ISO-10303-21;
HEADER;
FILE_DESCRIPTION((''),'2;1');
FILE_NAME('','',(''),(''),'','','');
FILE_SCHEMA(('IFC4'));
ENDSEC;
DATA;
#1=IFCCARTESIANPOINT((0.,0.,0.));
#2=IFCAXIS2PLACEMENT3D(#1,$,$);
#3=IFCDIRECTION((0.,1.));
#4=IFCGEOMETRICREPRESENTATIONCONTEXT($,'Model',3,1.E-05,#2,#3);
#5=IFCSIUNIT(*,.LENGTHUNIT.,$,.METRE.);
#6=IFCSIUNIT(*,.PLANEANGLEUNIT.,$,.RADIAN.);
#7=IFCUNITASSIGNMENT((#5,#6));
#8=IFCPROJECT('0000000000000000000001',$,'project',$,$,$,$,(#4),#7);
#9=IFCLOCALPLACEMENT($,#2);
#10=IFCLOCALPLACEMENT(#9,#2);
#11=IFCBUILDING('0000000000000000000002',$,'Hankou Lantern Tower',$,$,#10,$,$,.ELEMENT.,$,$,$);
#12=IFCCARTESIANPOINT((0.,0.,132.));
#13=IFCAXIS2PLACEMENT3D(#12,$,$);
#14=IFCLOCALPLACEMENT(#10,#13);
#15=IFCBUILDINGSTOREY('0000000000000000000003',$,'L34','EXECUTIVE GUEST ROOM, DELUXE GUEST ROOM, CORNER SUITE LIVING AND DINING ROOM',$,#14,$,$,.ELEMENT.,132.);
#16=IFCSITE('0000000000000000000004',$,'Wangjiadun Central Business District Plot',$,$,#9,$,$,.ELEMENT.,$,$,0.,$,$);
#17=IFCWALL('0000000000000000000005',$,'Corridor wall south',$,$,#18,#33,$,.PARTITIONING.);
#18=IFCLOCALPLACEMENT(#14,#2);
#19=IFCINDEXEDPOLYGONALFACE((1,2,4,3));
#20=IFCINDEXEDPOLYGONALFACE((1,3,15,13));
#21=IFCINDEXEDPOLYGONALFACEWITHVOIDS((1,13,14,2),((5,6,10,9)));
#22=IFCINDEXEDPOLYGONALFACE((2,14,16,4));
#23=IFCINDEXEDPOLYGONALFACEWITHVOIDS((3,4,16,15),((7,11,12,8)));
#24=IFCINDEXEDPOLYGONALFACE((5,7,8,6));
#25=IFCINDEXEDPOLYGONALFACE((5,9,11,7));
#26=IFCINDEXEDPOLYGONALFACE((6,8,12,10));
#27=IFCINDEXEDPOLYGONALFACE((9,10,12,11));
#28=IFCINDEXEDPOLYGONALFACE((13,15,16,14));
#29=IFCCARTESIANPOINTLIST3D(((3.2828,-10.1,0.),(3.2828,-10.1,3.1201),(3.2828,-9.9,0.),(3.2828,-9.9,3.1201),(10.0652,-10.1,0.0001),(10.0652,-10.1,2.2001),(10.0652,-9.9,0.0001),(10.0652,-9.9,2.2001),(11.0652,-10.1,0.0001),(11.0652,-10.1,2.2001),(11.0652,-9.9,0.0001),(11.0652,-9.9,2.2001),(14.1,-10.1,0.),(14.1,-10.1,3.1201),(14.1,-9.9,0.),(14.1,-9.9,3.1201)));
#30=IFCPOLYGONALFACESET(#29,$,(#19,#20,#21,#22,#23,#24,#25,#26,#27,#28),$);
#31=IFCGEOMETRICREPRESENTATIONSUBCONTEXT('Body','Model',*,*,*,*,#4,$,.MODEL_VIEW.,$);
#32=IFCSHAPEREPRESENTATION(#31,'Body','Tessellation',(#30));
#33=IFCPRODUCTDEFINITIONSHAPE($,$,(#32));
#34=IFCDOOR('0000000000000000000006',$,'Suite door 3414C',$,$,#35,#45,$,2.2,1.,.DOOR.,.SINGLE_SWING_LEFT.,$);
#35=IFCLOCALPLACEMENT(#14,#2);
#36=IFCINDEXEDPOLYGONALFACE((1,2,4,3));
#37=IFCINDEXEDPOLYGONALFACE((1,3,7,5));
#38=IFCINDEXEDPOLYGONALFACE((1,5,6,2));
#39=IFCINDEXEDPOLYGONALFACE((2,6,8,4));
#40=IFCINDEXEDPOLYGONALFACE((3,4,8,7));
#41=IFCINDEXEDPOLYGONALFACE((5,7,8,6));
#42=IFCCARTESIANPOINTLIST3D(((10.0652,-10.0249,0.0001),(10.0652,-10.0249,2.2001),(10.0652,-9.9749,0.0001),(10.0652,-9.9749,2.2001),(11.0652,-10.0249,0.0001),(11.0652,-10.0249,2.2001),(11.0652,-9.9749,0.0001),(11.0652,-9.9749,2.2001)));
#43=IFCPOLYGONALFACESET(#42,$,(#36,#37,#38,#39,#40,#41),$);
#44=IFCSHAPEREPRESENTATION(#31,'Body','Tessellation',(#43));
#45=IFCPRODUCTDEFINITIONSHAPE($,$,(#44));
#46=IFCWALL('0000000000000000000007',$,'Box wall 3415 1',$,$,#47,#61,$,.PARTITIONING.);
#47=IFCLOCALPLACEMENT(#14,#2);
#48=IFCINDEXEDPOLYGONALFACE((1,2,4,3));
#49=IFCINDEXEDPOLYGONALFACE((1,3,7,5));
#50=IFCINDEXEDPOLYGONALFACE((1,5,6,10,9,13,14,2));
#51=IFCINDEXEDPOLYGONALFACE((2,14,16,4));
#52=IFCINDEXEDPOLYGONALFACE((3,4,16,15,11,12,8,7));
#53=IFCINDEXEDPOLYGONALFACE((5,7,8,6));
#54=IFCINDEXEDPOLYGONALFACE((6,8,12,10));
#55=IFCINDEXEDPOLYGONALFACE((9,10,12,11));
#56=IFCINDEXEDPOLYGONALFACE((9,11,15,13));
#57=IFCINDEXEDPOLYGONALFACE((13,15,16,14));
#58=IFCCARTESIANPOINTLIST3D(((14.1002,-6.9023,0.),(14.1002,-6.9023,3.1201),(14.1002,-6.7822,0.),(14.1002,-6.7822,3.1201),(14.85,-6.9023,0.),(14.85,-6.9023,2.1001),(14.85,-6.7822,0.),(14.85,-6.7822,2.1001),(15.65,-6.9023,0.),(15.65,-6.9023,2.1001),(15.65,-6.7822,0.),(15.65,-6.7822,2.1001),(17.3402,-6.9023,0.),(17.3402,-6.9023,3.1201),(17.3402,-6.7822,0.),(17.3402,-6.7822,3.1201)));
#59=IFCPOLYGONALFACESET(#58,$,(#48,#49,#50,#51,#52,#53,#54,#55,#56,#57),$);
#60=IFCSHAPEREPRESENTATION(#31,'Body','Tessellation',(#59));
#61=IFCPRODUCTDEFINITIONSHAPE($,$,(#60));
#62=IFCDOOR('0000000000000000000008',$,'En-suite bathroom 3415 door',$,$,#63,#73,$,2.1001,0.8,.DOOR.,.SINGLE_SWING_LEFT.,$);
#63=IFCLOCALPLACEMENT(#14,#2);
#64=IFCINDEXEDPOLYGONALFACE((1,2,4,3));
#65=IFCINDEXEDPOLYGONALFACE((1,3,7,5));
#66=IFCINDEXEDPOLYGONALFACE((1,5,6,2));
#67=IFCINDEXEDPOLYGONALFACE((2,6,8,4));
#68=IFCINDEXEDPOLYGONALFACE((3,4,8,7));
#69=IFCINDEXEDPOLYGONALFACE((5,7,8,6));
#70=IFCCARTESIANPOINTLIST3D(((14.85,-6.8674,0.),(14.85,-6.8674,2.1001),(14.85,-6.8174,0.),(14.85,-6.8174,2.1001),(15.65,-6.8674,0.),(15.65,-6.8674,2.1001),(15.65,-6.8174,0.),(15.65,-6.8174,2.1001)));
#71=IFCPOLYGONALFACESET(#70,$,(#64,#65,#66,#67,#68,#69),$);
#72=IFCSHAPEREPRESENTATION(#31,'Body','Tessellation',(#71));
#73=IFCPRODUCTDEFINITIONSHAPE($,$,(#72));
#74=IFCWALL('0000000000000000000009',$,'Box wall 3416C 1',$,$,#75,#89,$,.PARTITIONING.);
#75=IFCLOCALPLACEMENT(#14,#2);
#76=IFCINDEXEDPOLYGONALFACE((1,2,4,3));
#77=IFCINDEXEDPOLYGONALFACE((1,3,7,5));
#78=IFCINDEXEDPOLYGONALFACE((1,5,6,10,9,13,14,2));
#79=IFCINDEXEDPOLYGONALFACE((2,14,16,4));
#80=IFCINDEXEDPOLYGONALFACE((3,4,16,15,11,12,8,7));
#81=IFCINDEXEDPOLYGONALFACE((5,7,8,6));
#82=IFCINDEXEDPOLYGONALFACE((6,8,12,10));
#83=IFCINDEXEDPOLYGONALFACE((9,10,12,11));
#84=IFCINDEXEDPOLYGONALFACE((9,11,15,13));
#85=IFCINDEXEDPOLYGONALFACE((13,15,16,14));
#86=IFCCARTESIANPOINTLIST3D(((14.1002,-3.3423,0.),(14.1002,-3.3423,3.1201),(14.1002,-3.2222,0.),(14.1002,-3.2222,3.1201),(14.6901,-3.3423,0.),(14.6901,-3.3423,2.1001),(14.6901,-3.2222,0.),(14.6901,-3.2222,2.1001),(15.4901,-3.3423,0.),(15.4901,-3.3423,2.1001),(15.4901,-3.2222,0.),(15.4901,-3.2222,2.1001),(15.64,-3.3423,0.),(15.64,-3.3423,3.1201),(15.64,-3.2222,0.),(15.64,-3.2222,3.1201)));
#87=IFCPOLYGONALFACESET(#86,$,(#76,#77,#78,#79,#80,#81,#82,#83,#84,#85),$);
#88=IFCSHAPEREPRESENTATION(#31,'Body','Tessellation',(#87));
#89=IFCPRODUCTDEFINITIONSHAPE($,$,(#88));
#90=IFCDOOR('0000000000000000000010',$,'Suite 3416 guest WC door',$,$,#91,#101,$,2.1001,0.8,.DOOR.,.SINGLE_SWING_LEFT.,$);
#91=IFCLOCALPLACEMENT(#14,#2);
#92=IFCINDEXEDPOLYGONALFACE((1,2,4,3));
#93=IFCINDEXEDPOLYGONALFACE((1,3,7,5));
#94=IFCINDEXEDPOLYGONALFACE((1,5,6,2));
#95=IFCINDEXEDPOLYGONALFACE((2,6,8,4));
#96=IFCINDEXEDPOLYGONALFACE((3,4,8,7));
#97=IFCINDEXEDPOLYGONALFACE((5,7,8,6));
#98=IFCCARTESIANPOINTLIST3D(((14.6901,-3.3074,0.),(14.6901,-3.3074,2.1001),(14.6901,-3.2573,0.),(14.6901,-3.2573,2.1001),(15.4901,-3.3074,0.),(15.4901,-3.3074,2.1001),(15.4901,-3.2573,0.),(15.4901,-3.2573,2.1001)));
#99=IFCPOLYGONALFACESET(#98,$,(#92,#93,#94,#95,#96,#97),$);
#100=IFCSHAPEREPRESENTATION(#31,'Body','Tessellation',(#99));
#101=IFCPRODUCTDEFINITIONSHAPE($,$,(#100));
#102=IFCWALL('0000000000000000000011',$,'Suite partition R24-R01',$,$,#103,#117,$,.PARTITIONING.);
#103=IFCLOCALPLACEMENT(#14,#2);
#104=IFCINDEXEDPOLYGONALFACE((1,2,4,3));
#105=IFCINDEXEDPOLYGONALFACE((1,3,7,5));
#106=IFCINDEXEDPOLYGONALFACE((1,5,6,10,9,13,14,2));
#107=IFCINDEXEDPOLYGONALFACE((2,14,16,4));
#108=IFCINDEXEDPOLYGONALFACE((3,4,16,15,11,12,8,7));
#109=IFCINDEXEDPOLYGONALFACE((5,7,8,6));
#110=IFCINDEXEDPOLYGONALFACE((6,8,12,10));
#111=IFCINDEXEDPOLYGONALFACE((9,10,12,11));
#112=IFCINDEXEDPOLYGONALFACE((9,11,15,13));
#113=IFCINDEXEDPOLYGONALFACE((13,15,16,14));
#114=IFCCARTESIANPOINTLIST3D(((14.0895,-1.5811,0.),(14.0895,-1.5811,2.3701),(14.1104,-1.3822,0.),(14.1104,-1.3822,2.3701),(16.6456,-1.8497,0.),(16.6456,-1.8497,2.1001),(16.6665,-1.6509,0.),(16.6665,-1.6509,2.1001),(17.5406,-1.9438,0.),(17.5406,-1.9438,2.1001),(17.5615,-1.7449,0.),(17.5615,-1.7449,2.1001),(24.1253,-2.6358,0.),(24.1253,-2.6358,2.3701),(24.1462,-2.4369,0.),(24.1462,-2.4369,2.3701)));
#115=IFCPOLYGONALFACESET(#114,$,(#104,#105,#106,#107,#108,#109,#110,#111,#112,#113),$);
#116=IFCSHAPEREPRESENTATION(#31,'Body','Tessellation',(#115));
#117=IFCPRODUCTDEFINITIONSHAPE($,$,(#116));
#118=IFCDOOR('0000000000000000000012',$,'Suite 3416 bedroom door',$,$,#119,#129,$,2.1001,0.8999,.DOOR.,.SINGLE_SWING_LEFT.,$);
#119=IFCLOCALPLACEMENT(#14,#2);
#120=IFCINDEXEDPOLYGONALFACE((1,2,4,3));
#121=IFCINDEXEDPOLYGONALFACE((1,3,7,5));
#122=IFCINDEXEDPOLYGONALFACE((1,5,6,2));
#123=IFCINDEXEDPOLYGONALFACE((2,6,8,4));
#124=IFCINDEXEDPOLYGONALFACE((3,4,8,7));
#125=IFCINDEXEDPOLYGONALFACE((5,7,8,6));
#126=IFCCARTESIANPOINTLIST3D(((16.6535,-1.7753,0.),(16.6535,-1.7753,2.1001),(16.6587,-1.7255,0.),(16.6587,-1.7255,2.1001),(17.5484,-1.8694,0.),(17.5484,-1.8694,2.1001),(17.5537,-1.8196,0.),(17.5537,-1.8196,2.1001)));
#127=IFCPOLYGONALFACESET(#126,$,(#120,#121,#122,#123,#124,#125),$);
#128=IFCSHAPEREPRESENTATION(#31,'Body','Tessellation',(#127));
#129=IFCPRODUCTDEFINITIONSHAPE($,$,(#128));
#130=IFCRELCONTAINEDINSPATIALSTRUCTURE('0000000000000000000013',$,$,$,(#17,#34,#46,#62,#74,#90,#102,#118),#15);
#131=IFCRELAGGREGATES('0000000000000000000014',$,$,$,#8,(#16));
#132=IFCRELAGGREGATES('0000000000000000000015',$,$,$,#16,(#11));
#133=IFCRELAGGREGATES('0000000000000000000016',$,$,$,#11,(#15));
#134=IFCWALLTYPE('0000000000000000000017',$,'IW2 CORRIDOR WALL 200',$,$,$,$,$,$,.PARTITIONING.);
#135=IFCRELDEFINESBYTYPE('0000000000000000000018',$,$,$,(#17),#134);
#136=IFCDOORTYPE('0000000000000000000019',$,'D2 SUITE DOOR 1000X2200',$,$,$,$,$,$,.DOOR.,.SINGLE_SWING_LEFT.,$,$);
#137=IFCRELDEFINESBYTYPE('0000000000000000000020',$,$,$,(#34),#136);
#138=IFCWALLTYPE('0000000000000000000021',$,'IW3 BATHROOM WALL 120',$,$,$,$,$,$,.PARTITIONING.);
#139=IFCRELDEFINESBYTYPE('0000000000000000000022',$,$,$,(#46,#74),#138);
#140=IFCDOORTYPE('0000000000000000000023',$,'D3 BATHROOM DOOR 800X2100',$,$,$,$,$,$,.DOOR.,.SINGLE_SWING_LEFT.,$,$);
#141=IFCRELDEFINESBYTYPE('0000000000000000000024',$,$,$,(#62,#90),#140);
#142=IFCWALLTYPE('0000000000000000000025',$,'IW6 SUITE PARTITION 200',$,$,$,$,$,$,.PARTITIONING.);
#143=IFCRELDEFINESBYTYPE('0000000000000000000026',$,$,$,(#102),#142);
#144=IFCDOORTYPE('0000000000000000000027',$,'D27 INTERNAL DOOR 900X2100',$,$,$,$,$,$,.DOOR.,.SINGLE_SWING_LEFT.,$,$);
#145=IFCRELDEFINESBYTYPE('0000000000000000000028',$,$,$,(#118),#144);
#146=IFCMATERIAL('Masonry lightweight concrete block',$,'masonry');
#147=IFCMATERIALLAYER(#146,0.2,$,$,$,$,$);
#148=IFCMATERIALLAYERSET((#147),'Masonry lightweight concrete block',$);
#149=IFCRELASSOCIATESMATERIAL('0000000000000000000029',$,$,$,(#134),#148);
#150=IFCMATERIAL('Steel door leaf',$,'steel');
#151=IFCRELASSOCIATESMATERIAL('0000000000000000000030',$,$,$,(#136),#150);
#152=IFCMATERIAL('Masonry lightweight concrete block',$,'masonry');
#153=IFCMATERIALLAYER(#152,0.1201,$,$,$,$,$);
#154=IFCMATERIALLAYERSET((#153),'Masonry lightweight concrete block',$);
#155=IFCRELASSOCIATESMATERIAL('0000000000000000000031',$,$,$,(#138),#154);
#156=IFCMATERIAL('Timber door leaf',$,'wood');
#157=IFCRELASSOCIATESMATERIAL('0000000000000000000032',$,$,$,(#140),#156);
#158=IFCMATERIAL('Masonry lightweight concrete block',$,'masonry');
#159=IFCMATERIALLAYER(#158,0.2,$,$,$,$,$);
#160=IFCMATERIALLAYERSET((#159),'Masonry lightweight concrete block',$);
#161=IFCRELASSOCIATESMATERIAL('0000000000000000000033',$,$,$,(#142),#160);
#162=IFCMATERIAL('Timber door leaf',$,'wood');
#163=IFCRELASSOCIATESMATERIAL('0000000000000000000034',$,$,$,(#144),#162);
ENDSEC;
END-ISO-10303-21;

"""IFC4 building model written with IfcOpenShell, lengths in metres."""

from ifc_helpers import new_model, si_unit, direction, frame, frame_2d, origin, place, context, subcontext, project, spatial, rectangle, extrude, material, layer, layer_set, type_object, element, fill, save


model = new_model("IFC4")

# Units and contexts
model_context = context("Model", 3, precision=1e-05, world=origin(), true_north=direction((0.0, 1.0)))
body_context = subcontext(model_context, "Body", "Model", "MODEL_VIEW")
ifc_project = project(units=[si_unit("LENGTHUNIT", "METRE"), si_unit("PLANEANGLEUNIT", "RADIAN")], contexts=[model_context])

# Site, building, storey
site_placement = place(None, origin())
site = spatial("IfcSite", under=ifc_project, at=site_placement, Name="Wangjiadun Central Business District Plot", CompositionType="ELEMENT", RefElevation=0.0)
building_placement = place(site_placement, origin())
building = spatial("IfcBuilding", under=site, at=building_placement, Name="Hankou Lantern Tower", CompositionType="ELEMENT")
storey_placement = place(building_placement, frame((0.0, 0.0, 132.0)))
storey = spatial("IfcBuildingStorey", under=building, at=storey_placement, Name="L34", Description="EXECUTIVE GUEST ROOM, DELUXE GUEST ROOM, CORNER SUITE LIVING AND DINING ROOM", CompositionType="ELEMENT", Elevation=132.0)

# Shared definitions
ifc_material_1 = material(Name="Masonry lightweight concrete block", Category="masonry")
ifc_layer_1 = layer(ifc_material_1, 0.2)
ifc_layer_set_1 = layer_set([ifc_layer_1], Name="Masonry lightweight concrete block")
wall_type_1 = type_object("IfcWallType", Name="IW2 CORRIDOR WALL 200", PredefinedType="PARTITIONING", material=ifc_layer_set_1)
ifc_material_2 = material(Name="Steel door leaf", Category="steel")
door_type_1 = type_object("IfcDoorType", Name="D2 SUITE DOOR 1000X2200", OperationType="SINGLE_SWING_LEFT", PredefinedType="DOOR", material=ifc_material_2)

# Walls, openings, doors
wall_1_placement = place(storey_placement, frame((14.1001, -10.0, 0.0), z_axis=(0.0, 0.0, 1.0), x_axis=(-1.0, 0.0, 0.0)))
wall_1 = element("IfcWall", 1, at=wall_1_placement, inside=storey, type_object=wall_type_1, Name="Corridor wall south", PredefinedType="PARTITIONING", context=body_context, shape_type="SweptSolid", body=[
    extrude(rectangle(XDim=10.8171, YDim=0.2, at=frame_2d((5.4087, 0.0))), origin(), (0.0, 0.0, 1.0), 3.1201),
])
opening_1_placement = place(wall_1_placement, frame((3.0349, 0.0, 0.0)))
opening_1 = element("IfcOpeningElement", 2, at=opening_1_placement, cuts=wall_1, PredefinedType="OPENING", context=body_context, shape_type="SweptSolid", body=[
    extrude(rectangle(XDim=1.0, YDim=2.2, at=frame_2d((0.5, 1.1001))), frame((0.0, 0.1099, 0.0), z_axis=(0.0, -1.0, 0.0), x_axis=(1.0, 0.0, 0.0)), (0.0, 0.0, 1.0), 0.22),
])
door_1_placement = place(opening_1_placement, origin())
door_1 = element("IfcDoor", 3, at=door_1_placement, inside=storey, type_object=door_type_1, Name="Suite door 3414C", OperationType="SINGLE_SWING_LEFT", OverallHeight=2.2, OverallWidth=1.0, PredefinedType="DOOR", context=body_context, shape_type="SweptSolid", body=[
    extrude(rectangle(XDim=1.0, YDim=2.2, at=frame_2d((0.5, 1.1001))), frame((0.0, 0.0249, 0.0), z_axis=(0.0, -1.0, 0.0), x_axis=(1.0, 0.0, 0.0)), (0.0, 0.0, 1.0), 0.05),
])
fill(opening_1, door_1)
ifc_material_3 = material(Name="Masonry lightweight concrete block", Category="masonry")
ifc_layer_2 = layer(ifc_material_3, 0.1201)
ifc_layer_set_2 = layer_set([ifc_layer_2], Name="Masonry lightweight concrete block")
wall_type_2 = type_object("IfcWallType", Name="IW3 BATHROOM WALL 120", PredefinedType="PARTITIONING", material=ifc_layer_set_2)
wall_2_placement = place(storey_placement, frame((14.1001, -6.8423, 0.0), z_axis=(0.0, 0.0, 1.0), x_axis=(1.0, 0.0, 0.0)))
wall_2 = element("IfcWall", 4, at=wall_2_placement, inside=storey, type_object=wall_type_2, Name="Box wall 3415 1", PredefinedType="PARTITIONING", context=body_context, shape_type="SweptSolid", body=[
    extrude(rectangle(XDim=3.24, YDim=0.1201, at=frame_2d((1.6201, 0.0))), origin(), (0.0, 0.0, 1.0), 3.1201),
])
opening_2_placement = place(wall_2_placement, frame((0.75, 0.0, 0.0)))
opening_2 = element("IfcOpeningElement", 5, at=opening_2_placement, cuts=wall_2, PredefinedType="OPENING", context=body_context, shape_type="SweptSolid", body=[
    extrude(rectangle(XDim=0.8, YDim=2.1001, at=frame_2d((0.3999, 1.05))), frame((0.0, 0.0701, 0.0), z_axis=(0.0, -1.0, 0.0), x_axis=(1.0, 0.0, 0.0)), (0.0, 0.0, 1.0), 0.1401),
])
ifc_material_4 = material(Name="Timber door leaf", Category="wood")
door_type_2 = type_object("IfcDoorType", Name="D3 BATHROOM DOOR 800X2100", OperationType="SINGLE_SWING_LEFT", PredefinedType="DOOR", material=ifc_material_4)
door_2_placement = place(opening_2_placement, origin())
door_2 = element("IfcDoor", 6, at=door_2_placement, inside=storey, type_object=door_type_2, Name="En-suite bathroom 3415 door", OperationType="SINGLE_SWING_LEFT", OverallHeight=2.1001, OverallWidth=0.8, PredefinedType="DOOR", context=body_context, shape_type="SweptSolid", body=[
    extrude(rectangle(XDim=0.8, YDim=2.1001, at=frame_2d((0.3999, 1.05))), frame((0.0, 0.0249, 0.0), z_axis=(0.0, -1.0, 0.0), x_axis=(1.0, 0.0, 0.0)), (0.0, 0.0, 1.0), 0.05),
])
fill(opening_2, door_2)
wall_3_placement = place(storey_placement, frame((14.1001, -3.2822, 0.0), z_axis=(0.0, 0.0, 1.0), x_axis=(1.0, 0.0, 0.0)))
wall_3 = element("IfcWall", 7, at=wall_3_placement, inside=storey, type_object=wall_type_2, Name="Box wall 3416C 1", PredefinedType="PARTITIONING", context=body_context, shape_type="SweptSolid", body=[
    extrude(rectangle(XDim=1.5398, YDim=0.1201, at=frame_2d((0.77, 0.0))), origin(), (0.0, 0.0, 1.0), 3.1201),
])
opening_3_placement = place(wall_3_placement, frame((0.5901, 0.0, 0.0)))
opening_3 = element("IfcOpeningElement", 8, at=opening_3_placement, cuts=wall_3, PredefinedType="OPENING", context=body_context, shape_type="SweptSolid", body=[
    extrude(rectangle(XDim=0.8, YDim=2.1001, at=frame_2d((0.3999, 1.05))), frame((0.0, 0.0701, 0.0), z_axis=(0.0, -1.0, 0.0), x_axis=(1.0, 0.0, 0.0)), (0.0, 0.0, 1.0), 0.1401),
])
door_3_placement = place(opening_3_placement, origin())
door_3 = element("IfcDoor", 9, at=door_3_placement, inside=storey, type_object=door_type_2, Name="Suite 3416 guest WC door", OperationType="SINGLE_SWING_LEFT", OverallHeight=2.1001, OverallWidth=0.8, PredefinedType="DOOR", context=body_context, shape_type="SweptSolid", body=[
    extrude(rectangle(XDim=0.8, YDim=2.1001, at=frame_2d((0.3999, 1.05))), frame((0.0, 0.0249, 0.0), z_axis=(0.0, -1.0, 0.0), x_axis=(1.0, 0.0, 0.0)), (0.0, 0.0, 1.0), 0.05),
])
fill(opening_3, door_3)
ifc_material_5 = material(Name="Masonry lightweight concrete block", Category="masonry")
ifc_layer_3 = layer(ifc_material_5, 0.2)
ifc_layer_set_3 = layer_set([ifc_layer_3], Name="Masonry lightweight concrete block")
wall_type_3 = type_object("IfcWallType", Name="IW6 SUITE PARTITION 200", PredefinedType="PARTITIONING", material=ifc_layer_set_3)
wall_4_placement = place(storey_placement, frame((14.1001, -1.4817, 0.0), z_axis=(0.0, 0.0, 1.0), x_axis=(0.994523, -0.104516, 0.0)))
wall_4 = element("IfcWall", 10, at=wall_4_placement, inside=storey, type_object=wall_type_3, Name="Suite partition R24-R01", PredefinedType="PARTITIONING", context=body_context, shape_type="SweptSolid", body=[
    extrude(rectangle(XDim=10.0911, YDim=0.2, at=frame_2d((5.0454, 0.0))), origin(), (0.0, 0.0, 1.0), 2.3701),
])
opening_4_placement = place(wall_4_placement, frame((2.5701, 0.0, 0.0)))
opening_4 = element("IfcOpeningElement", 11, at=opening_4_placement, cuts=wall_4, PredefinedType="OPENING", context=body_context, shape_type="SweptSolid", body=[
    extrude(rectangle(XDim=0.8999, YDim=2.1001, at=frame_2d((0.45, 1.05))), frame((0.0, 0.1099, 0.0), z_axis=(0.0, -1.0, 0.0), x_axis=(1.0, 0.0, 0.0)), (0.0, 0.0, 1.0), 0.22),
])
ifc_material_6 = material(Name="Timber door leaf", Category="wood")
door_type_3 = type_object("IfcDoorType", Name="D27 INTERNAL DOOR 900X2100", OperationType="SINGLE_SWING_LEFT", PredefinedType="DOOR", material=ifc_material_6)
door_4_placement = place(opening_4_placement, origin())
door_4 = element("IfcDoor", 12, at=door_4_placement, inside=storey, type_object=door_type_3, Name="Suite 3416 bedroom door", OperationType="SINGLE_SWING_LEFT", OverallHeight=2.1001, OverallWidth=0.8999, PredefinedType="DOOR", context=body_context, shape_type="SweptSolid", body=[
    extrude(rectangle(XDim=0.8999, YDim=2.1001, at=frame_2d((0.45, 1.05))), frame((0.0, 0.0249, 0.0), z_axis=(0.0, -1.0, 0.0), x_axis=(1.0, 0.0, 0.0)), (0.0, 0.0, 1.0), 0.05),
])
fill(opening_4, door_4)

save(model, "model.ifc")
